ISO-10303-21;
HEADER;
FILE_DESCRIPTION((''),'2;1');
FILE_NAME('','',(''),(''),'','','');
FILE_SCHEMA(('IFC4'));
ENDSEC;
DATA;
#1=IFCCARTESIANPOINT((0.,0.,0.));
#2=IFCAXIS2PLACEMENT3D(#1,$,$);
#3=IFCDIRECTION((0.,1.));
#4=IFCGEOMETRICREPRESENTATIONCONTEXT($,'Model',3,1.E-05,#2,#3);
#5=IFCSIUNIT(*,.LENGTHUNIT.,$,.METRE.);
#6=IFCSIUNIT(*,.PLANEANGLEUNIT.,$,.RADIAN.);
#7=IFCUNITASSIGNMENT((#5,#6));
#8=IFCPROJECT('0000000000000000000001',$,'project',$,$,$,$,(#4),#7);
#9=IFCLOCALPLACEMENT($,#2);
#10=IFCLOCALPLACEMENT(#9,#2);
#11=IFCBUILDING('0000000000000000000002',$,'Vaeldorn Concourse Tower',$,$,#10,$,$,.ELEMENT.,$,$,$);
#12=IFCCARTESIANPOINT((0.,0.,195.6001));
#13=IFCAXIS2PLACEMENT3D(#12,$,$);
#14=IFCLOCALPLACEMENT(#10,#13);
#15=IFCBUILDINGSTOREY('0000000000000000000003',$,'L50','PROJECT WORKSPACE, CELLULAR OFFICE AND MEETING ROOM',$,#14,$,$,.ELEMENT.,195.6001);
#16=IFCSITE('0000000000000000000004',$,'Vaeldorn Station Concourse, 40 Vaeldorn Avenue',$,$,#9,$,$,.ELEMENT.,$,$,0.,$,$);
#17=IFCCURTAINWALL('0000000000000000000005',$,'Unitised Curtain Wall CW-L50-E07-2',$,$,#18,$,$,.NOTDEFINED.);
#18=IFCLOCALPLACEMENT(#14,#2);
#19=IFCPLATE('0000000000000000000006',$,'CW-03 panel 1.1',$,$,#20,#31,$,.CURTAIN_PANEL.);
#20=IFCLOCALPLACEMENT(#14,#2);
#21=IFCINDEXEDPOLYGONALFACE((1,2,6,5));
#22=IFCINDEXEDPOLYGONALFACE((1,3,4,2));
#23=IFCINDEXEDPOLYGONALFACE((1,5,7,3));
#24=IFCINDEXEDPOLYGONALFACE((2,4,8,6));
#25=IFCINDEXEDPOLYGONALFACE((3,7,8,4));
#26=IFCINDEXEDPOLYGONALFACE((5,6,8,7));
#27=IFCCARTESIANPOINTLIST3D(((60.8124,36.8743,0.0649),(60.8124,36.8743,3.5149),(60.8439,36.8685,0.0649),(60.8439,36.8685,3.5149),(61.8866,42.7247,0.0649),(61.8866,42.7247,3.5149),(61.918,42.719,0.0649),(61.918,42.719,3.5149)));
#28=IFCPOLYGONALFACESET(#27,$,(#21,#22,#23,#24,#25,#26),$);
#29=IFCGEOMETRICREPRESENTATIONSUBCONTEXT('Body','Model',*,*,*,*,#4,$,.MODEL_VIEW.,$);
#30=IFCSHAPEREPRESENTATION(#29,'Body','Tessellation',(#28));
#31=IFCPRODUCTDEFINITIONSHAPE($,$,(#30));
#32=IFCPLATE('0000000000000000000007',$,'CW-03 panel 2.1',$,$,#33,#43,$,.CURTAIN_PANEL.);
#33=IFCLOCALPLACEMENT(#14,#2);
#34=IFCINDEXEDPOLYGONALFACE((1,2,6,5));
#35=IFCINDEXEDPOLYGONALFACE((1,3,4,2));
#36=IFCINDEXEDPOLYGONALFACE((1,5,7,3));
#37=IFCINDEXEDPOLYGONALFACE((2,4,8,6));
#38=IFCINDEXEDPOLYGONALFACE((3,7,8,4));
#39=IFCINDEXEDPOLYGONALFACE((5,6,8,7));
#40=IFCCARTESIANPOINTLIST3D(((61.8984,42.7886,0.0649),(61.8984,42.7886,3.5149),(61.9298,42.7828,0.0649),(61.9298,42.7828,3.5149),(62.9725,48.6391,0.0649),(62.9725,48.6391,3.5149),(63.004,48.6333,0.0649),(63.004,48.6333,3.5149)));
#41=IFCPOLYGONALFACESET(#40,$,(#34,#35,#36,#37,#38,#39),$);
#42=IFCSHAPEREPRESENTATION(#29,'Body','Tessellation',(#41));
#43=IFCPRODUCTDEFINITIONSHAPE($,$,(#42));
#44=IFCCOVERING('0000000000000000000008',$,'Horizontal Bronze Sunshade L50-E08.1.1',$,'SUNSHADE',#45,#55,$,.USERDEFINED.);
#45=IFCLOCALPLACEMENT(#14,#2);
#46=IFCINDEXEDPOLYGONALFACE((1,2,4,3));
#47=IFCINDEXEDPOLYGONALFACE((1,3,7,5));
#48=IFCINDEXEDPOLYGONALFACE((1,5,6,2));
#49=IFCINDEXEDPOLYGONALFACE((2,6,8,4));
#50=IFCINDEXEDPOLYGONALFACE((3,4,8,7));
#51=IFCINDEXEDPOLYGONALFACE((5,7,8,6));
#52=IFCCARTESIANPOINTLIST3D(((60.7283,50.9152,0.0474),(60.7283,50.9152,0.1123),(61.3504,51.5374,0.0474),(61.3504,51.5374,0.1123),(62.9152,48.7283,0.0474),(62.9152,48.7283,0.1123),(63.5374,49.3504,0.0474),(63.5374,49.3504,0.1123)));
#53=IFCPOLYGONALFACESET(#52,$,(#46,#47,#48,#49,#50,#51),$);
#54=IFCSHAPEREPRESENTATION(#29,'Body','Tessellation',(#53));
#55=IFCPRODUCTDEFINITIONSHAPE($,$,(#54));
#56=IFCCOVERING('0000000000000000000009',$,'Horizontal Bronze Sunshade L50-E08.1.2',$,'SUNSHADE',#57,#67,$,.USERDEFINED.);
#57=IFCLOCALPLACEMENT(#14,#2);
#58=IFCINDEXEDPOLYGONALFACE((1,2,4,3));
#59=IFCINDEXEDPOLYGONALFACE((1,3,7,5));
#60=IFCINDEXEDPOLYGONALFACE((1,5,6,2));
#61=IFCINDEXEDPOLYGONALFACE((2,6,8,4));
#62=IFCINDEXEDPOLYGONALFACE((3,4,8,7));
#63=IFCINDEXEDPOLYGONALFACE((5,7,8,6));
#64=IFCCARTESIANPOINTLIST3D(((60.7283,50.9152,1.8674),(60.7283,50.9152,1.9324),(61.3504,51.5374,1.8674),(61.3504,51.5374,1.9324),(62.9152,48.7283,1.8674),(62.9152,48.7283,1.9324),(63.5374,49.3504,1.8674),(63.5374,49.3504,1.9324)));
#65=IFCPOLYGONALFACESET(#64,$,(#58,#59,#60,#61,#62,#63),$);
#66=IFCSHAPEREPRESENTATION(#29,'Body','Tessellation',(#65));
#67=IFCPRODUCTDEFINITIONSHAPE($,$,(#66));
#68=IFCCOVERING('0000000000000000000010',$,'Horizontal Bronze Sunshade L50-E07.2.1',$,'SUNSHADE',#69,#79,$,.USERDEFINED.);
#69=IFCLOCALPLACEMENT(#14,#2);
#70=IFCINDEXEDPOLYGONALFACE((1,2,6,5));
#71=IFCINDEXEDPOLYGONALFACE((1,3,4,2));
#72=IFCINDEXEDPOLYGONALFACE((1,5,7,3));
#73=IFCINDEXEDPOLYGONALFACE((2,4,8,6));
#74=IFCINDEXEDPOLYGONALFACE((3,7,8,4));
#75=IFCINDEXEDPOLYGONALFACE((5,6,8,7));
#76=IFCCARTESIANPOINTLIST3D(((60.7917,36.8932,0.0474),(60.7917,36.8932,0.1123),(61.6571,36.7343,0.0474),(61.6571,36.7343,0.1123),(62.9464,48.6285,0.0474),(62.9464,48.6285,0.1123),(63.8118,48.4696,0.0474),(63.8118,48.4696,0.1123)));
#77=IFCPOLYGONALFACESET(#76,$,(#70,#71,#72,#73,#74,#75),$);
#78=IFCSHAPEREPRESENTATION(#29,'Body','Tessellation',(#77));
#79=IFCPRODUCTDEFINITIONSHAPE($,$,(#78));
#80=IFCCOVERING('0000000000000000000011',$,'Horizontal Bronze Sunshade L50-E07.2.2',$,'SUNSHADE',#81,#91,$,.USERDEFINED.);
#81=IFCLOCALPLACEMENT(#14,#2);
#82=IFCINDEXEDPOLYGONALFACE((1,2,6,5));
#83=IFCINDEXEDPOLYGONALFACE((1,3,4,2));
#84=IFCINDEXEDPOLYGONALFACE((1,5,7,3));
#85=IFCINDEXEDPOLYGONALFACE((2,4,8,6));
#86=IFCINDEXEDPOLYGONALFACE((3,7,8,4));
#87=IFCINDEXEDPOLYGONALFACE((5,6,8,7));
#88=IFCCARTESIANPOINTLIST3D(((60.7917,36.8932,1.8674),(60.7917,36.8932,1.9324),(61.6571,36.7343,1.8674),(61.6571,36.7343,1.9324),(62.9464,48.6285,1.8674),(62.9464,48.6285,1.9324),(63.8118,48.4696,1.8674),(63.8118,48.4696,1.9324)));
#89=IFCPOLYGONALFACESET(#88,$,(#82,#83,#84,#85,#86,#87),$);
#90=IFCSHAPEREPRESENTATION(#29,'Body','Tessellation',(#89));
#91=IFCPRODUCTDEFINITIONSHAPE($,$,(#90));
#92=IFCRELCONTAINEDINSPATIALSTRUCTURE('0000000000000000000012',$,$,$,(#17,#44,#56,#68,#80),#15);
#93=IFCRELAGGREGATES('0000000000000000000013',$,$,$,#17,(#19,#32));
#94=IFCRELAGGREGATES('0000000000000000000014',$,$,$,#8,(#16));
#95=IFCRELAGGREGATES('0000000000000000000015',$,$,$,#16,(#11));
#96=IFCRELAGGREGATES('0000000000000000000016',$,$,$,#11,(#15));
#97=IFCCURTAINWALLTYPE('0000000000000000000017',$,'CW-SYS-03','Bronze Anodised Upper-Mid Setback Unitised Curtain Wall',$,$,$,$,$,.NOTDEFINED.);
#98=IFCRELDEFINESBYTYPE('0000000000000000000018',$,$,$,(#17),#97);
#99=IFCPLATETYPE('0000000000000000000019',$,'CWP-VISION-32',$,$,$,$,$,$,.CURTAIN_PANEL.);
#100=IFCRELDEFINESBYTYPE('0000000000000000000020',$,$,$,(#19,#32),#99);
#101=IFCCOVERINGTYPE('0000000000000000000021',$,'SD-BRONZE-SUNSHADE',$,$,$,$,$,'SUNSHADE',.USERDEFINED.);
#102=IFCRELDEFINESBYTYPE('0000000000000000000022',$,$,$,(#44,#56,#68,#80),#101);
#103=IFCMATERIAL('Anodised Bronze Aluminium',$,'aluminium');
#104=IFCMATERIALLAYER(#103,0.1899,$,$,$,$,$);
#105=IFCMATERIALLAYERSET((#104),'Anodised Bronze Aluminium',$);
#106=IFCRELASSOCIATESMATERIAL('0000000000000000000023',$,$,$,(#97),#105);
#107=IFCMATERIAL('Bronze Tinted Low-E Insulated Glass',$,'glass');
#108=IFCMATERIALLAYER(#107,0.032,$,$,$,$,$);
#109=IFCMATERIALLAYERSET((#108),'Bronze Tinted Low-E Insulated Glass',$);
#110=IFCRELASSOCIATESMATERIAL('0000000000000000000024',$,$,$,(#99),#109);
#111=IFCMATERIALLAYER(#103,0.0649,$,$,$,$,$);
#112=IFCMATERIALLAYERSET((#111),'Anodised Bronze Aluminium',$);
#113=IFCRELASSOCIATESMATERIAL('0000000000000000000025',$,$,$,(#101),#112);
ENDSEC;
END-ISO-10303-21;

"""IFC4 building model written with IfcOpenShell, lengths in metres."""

from ifc_helpers import new_model, si_unit, direction, frame, origin, origin_2d, place, context, subcontext, project, spatial, rectangle, extrude, source, transform, mapped, material, layer, layer_set, type_object, element, aggregate, save


model = new_model("IFC4")

# Units and contexts
model_context = context("Model", 3, precision=1e-05, world=origin(), true_north=direction((0.0, 1.0)))
body_context = subcontext(model_context, "Body", "Model", "MODEL_VIEW")
ifc_project = project(units=[si_unit("LENGTHUNIT", "METRE"), si_unit("PLANEANGLEUNIT", "RADIAN")], contexts=[model_context])

# Site, building, storey
site_placement = place(None, origin())
site = spatial("IfcSite", under=ifc_project, at=site_placement, Name="Vaeldorn Station Concourse, 40 Vaeldorn Avenue", CompositionType="ELEMENT", RefElevation=0.0)
building_placement = place(site_placement, origin())
building = spatial("IfcBuilding", under=site, at=building_placement, Name="Vaeldorn Concourse Tower", CompositionType="ELEMENT")
storey_placement = place(building_placement, frame((0.0, 0.0, 195.6001)))
storey = spatial("IfcBuildingStorey", under=building, at=storey_placement, Name="L50", Description="PROJECT WORKSPACE, CELLULAR OFFICE AND MEETING ROOM", CompositionType="ELEMENT", Elevation=195.6001)

# Curtain wall
ifc_material_1 = material(Name="Anodised Bronze Aluminium", Category="aluminium")
ifc_layer_1 = layer(ifc_material_1, 0.1899)
ifc_layer_set_1 = layer_set([ifc_layer_1], Name="Anodised Bronze Aluminium")
curtain_wall_type = type_object("IfcCurtainWallType", Name="CW-SYS-03", Description="Bronze Anodised Upper-Mid Setback Unitised Curtain Wall", PredefinedType="NOTDEFINED", material=ifc_layer_set_1)
curtain_wall_1_placement = place(storey_placement, origin())
curtain_wall_1 = element("IfcCurtainWall", 1, at=curtain_wall_1_placement, inside=storey, type_object=curtain_wall_type, Name="Unitised Curtain Wall CW-L50-E07-2", PredefinedType="NOTDEFINED")

# Plates
ifc_material_2 = material(Name="Bronze Tinted Low-E Insulated Glass", Category="glass")
ifc_layer_2 = layer(ifc_material_2, 0.032)
ifc_layer_set_2 = layer_set([ifc_layer_2], Name="Bronze Tinted Low-E Insulated Glass")
plate_type = type_object("IfcPlateType", Name="CWP-VISION-32", PredefinedType="CURTAIN_PANEL", material=ifc_layer_set_2)
shared_shape_1 = source(origin(), body_context, "Body", "SweptSolid", [
    extrude(rectangle(XDim=5.9482, YDim=0.032, at=origin_2d()), origin(), (0.0, 0.0, 1.0), 3.45),
])
plate_1_placement = place(storey_placement, frame((61.3652, 39.7966, 0.0649), z_axis=(0.0, 0.0, 1.0), x_axis=(0.180585, 0.983559, 0.0)))
plate_1 = element("IfcPlate", 2, at=plate_1_placement, type_object=plate_type, Name="CW-03 panel 1.1", PredefinedType="CURTAIN_PANEL", context=body_context, shape_type="MappedRepresentation", body=[
    mapped(shared_shape_1, transform((0.0, 0.0, 0.0), scale=1.0)),
])
plate_2_placement = place(storey_placement, frame((62.4512, 45.7109, 0.0649), z_axis=(0.0, 0.0, 1.0), x_axis=(0.180585, 0.983559, 0.0)))
plate_2 = element("IfcPlate", 3, at=plate_2_placement, type_object=plate_type, Name="CW-03 panel 2.1", PredefinedType="CURTAIN_PANEL", context=body_context, shape_type="MappedRepresentation", body=[
    mapped(shared_shape_1, transform((0.0, 0.0, 0.0), scale=1.0)),
])
aggregate(curtain_wall_1, [plate_1, plate_2])

# Coverings
ifc_layer_3 = layer(ifc_material_1, 0.0649)
ifc_layer_set_3 = layer_set([ifc_layer_3], Name="Anodised Bronze Aluminium")
covering_type = type_object("IfcCoveringType", Name="SD-BRONZE-SUNSHADE", ElementType="SUNSHADE", PredefinedType="USERDEFINED", material=ifc_layer_set_3)
shared_shape_2 = source(origin(), body_context, "Body", "SweptSolid", [
    extrude(rectangle(XDim=3.0928, YDim=0.8799, at=origin_2d()), origin(), (0.0, 0.0, 1.0), 0.0649),
])
for number, where, z_axis, x_axis, name in (
    (4, (62.1328, 50.1328, 0.0474), (0.0, 0.0, 1.0), (-0.707107, 0.707107, 0.0), "Horizontal Bronze Sunshade L50-E08.1.1"),
    (5, (62.1328, 50.1328, 1.8674), (0.0, 0.0, 1.0), (-0.707107, 0.707107, 0.0), "Horizontal Bronze Sunshade L50-E08.1.2"),
):
    element("IfcCovering", number, at=place(storey_placement, frame(where, z_axis=z_axis, x_axis=x_axis)), inside=storey, type_object=covering_type, Name=name, ObjectType="SUNSHADE", PredefinedType="USERDEFINED", context=body_context, shape_type="MappedRepresentation", body=[
        mapped(shared_shape_2, transform((0.0, 0.0, 0.0), scale=1.0)),
    ])
shared_shape_3 = source(origin(), body_context, "Body", "SweptSolid", [
    extrude(rectangle(XDim=11.9314, YDim=0.8799, at=origin_2d()), origin(), (0.0, 0.0, 1.0), 0.0649),
])
for number, where, z_axis, x_axis, name in (
    (6, (62.3018, 42.6814, 0.0474), (0.0, 0.0, 1.0), (0.180588, 0.983559, 0.0), "Horizontal Bronze Sunshade L50-E07.2.1"),
    (7, (62.3018, 42.6814, 1.8674), (0.0, 0.0, 1.0), (0.180588, 0.983559, 0.0), "Horizontal Bronze Sunshade L50-E07.2.2"),
):
    element("IfcCovering", number, at=place(storey_placement, frame(where, z_axis=z_axis, x_axis=x_axis)), inside=storey, type_object=covering_type, Name=name, ObjectType="SUNSHADE", PredefinedType="USERDEFINED", context=body_context, shape_type="MappedRepresentation", body=[
        mapped(shared_shape_3, transform((0.0, 0.0, 0.0), scale=1.0)),
    ])

save(model, "model.ifc")
